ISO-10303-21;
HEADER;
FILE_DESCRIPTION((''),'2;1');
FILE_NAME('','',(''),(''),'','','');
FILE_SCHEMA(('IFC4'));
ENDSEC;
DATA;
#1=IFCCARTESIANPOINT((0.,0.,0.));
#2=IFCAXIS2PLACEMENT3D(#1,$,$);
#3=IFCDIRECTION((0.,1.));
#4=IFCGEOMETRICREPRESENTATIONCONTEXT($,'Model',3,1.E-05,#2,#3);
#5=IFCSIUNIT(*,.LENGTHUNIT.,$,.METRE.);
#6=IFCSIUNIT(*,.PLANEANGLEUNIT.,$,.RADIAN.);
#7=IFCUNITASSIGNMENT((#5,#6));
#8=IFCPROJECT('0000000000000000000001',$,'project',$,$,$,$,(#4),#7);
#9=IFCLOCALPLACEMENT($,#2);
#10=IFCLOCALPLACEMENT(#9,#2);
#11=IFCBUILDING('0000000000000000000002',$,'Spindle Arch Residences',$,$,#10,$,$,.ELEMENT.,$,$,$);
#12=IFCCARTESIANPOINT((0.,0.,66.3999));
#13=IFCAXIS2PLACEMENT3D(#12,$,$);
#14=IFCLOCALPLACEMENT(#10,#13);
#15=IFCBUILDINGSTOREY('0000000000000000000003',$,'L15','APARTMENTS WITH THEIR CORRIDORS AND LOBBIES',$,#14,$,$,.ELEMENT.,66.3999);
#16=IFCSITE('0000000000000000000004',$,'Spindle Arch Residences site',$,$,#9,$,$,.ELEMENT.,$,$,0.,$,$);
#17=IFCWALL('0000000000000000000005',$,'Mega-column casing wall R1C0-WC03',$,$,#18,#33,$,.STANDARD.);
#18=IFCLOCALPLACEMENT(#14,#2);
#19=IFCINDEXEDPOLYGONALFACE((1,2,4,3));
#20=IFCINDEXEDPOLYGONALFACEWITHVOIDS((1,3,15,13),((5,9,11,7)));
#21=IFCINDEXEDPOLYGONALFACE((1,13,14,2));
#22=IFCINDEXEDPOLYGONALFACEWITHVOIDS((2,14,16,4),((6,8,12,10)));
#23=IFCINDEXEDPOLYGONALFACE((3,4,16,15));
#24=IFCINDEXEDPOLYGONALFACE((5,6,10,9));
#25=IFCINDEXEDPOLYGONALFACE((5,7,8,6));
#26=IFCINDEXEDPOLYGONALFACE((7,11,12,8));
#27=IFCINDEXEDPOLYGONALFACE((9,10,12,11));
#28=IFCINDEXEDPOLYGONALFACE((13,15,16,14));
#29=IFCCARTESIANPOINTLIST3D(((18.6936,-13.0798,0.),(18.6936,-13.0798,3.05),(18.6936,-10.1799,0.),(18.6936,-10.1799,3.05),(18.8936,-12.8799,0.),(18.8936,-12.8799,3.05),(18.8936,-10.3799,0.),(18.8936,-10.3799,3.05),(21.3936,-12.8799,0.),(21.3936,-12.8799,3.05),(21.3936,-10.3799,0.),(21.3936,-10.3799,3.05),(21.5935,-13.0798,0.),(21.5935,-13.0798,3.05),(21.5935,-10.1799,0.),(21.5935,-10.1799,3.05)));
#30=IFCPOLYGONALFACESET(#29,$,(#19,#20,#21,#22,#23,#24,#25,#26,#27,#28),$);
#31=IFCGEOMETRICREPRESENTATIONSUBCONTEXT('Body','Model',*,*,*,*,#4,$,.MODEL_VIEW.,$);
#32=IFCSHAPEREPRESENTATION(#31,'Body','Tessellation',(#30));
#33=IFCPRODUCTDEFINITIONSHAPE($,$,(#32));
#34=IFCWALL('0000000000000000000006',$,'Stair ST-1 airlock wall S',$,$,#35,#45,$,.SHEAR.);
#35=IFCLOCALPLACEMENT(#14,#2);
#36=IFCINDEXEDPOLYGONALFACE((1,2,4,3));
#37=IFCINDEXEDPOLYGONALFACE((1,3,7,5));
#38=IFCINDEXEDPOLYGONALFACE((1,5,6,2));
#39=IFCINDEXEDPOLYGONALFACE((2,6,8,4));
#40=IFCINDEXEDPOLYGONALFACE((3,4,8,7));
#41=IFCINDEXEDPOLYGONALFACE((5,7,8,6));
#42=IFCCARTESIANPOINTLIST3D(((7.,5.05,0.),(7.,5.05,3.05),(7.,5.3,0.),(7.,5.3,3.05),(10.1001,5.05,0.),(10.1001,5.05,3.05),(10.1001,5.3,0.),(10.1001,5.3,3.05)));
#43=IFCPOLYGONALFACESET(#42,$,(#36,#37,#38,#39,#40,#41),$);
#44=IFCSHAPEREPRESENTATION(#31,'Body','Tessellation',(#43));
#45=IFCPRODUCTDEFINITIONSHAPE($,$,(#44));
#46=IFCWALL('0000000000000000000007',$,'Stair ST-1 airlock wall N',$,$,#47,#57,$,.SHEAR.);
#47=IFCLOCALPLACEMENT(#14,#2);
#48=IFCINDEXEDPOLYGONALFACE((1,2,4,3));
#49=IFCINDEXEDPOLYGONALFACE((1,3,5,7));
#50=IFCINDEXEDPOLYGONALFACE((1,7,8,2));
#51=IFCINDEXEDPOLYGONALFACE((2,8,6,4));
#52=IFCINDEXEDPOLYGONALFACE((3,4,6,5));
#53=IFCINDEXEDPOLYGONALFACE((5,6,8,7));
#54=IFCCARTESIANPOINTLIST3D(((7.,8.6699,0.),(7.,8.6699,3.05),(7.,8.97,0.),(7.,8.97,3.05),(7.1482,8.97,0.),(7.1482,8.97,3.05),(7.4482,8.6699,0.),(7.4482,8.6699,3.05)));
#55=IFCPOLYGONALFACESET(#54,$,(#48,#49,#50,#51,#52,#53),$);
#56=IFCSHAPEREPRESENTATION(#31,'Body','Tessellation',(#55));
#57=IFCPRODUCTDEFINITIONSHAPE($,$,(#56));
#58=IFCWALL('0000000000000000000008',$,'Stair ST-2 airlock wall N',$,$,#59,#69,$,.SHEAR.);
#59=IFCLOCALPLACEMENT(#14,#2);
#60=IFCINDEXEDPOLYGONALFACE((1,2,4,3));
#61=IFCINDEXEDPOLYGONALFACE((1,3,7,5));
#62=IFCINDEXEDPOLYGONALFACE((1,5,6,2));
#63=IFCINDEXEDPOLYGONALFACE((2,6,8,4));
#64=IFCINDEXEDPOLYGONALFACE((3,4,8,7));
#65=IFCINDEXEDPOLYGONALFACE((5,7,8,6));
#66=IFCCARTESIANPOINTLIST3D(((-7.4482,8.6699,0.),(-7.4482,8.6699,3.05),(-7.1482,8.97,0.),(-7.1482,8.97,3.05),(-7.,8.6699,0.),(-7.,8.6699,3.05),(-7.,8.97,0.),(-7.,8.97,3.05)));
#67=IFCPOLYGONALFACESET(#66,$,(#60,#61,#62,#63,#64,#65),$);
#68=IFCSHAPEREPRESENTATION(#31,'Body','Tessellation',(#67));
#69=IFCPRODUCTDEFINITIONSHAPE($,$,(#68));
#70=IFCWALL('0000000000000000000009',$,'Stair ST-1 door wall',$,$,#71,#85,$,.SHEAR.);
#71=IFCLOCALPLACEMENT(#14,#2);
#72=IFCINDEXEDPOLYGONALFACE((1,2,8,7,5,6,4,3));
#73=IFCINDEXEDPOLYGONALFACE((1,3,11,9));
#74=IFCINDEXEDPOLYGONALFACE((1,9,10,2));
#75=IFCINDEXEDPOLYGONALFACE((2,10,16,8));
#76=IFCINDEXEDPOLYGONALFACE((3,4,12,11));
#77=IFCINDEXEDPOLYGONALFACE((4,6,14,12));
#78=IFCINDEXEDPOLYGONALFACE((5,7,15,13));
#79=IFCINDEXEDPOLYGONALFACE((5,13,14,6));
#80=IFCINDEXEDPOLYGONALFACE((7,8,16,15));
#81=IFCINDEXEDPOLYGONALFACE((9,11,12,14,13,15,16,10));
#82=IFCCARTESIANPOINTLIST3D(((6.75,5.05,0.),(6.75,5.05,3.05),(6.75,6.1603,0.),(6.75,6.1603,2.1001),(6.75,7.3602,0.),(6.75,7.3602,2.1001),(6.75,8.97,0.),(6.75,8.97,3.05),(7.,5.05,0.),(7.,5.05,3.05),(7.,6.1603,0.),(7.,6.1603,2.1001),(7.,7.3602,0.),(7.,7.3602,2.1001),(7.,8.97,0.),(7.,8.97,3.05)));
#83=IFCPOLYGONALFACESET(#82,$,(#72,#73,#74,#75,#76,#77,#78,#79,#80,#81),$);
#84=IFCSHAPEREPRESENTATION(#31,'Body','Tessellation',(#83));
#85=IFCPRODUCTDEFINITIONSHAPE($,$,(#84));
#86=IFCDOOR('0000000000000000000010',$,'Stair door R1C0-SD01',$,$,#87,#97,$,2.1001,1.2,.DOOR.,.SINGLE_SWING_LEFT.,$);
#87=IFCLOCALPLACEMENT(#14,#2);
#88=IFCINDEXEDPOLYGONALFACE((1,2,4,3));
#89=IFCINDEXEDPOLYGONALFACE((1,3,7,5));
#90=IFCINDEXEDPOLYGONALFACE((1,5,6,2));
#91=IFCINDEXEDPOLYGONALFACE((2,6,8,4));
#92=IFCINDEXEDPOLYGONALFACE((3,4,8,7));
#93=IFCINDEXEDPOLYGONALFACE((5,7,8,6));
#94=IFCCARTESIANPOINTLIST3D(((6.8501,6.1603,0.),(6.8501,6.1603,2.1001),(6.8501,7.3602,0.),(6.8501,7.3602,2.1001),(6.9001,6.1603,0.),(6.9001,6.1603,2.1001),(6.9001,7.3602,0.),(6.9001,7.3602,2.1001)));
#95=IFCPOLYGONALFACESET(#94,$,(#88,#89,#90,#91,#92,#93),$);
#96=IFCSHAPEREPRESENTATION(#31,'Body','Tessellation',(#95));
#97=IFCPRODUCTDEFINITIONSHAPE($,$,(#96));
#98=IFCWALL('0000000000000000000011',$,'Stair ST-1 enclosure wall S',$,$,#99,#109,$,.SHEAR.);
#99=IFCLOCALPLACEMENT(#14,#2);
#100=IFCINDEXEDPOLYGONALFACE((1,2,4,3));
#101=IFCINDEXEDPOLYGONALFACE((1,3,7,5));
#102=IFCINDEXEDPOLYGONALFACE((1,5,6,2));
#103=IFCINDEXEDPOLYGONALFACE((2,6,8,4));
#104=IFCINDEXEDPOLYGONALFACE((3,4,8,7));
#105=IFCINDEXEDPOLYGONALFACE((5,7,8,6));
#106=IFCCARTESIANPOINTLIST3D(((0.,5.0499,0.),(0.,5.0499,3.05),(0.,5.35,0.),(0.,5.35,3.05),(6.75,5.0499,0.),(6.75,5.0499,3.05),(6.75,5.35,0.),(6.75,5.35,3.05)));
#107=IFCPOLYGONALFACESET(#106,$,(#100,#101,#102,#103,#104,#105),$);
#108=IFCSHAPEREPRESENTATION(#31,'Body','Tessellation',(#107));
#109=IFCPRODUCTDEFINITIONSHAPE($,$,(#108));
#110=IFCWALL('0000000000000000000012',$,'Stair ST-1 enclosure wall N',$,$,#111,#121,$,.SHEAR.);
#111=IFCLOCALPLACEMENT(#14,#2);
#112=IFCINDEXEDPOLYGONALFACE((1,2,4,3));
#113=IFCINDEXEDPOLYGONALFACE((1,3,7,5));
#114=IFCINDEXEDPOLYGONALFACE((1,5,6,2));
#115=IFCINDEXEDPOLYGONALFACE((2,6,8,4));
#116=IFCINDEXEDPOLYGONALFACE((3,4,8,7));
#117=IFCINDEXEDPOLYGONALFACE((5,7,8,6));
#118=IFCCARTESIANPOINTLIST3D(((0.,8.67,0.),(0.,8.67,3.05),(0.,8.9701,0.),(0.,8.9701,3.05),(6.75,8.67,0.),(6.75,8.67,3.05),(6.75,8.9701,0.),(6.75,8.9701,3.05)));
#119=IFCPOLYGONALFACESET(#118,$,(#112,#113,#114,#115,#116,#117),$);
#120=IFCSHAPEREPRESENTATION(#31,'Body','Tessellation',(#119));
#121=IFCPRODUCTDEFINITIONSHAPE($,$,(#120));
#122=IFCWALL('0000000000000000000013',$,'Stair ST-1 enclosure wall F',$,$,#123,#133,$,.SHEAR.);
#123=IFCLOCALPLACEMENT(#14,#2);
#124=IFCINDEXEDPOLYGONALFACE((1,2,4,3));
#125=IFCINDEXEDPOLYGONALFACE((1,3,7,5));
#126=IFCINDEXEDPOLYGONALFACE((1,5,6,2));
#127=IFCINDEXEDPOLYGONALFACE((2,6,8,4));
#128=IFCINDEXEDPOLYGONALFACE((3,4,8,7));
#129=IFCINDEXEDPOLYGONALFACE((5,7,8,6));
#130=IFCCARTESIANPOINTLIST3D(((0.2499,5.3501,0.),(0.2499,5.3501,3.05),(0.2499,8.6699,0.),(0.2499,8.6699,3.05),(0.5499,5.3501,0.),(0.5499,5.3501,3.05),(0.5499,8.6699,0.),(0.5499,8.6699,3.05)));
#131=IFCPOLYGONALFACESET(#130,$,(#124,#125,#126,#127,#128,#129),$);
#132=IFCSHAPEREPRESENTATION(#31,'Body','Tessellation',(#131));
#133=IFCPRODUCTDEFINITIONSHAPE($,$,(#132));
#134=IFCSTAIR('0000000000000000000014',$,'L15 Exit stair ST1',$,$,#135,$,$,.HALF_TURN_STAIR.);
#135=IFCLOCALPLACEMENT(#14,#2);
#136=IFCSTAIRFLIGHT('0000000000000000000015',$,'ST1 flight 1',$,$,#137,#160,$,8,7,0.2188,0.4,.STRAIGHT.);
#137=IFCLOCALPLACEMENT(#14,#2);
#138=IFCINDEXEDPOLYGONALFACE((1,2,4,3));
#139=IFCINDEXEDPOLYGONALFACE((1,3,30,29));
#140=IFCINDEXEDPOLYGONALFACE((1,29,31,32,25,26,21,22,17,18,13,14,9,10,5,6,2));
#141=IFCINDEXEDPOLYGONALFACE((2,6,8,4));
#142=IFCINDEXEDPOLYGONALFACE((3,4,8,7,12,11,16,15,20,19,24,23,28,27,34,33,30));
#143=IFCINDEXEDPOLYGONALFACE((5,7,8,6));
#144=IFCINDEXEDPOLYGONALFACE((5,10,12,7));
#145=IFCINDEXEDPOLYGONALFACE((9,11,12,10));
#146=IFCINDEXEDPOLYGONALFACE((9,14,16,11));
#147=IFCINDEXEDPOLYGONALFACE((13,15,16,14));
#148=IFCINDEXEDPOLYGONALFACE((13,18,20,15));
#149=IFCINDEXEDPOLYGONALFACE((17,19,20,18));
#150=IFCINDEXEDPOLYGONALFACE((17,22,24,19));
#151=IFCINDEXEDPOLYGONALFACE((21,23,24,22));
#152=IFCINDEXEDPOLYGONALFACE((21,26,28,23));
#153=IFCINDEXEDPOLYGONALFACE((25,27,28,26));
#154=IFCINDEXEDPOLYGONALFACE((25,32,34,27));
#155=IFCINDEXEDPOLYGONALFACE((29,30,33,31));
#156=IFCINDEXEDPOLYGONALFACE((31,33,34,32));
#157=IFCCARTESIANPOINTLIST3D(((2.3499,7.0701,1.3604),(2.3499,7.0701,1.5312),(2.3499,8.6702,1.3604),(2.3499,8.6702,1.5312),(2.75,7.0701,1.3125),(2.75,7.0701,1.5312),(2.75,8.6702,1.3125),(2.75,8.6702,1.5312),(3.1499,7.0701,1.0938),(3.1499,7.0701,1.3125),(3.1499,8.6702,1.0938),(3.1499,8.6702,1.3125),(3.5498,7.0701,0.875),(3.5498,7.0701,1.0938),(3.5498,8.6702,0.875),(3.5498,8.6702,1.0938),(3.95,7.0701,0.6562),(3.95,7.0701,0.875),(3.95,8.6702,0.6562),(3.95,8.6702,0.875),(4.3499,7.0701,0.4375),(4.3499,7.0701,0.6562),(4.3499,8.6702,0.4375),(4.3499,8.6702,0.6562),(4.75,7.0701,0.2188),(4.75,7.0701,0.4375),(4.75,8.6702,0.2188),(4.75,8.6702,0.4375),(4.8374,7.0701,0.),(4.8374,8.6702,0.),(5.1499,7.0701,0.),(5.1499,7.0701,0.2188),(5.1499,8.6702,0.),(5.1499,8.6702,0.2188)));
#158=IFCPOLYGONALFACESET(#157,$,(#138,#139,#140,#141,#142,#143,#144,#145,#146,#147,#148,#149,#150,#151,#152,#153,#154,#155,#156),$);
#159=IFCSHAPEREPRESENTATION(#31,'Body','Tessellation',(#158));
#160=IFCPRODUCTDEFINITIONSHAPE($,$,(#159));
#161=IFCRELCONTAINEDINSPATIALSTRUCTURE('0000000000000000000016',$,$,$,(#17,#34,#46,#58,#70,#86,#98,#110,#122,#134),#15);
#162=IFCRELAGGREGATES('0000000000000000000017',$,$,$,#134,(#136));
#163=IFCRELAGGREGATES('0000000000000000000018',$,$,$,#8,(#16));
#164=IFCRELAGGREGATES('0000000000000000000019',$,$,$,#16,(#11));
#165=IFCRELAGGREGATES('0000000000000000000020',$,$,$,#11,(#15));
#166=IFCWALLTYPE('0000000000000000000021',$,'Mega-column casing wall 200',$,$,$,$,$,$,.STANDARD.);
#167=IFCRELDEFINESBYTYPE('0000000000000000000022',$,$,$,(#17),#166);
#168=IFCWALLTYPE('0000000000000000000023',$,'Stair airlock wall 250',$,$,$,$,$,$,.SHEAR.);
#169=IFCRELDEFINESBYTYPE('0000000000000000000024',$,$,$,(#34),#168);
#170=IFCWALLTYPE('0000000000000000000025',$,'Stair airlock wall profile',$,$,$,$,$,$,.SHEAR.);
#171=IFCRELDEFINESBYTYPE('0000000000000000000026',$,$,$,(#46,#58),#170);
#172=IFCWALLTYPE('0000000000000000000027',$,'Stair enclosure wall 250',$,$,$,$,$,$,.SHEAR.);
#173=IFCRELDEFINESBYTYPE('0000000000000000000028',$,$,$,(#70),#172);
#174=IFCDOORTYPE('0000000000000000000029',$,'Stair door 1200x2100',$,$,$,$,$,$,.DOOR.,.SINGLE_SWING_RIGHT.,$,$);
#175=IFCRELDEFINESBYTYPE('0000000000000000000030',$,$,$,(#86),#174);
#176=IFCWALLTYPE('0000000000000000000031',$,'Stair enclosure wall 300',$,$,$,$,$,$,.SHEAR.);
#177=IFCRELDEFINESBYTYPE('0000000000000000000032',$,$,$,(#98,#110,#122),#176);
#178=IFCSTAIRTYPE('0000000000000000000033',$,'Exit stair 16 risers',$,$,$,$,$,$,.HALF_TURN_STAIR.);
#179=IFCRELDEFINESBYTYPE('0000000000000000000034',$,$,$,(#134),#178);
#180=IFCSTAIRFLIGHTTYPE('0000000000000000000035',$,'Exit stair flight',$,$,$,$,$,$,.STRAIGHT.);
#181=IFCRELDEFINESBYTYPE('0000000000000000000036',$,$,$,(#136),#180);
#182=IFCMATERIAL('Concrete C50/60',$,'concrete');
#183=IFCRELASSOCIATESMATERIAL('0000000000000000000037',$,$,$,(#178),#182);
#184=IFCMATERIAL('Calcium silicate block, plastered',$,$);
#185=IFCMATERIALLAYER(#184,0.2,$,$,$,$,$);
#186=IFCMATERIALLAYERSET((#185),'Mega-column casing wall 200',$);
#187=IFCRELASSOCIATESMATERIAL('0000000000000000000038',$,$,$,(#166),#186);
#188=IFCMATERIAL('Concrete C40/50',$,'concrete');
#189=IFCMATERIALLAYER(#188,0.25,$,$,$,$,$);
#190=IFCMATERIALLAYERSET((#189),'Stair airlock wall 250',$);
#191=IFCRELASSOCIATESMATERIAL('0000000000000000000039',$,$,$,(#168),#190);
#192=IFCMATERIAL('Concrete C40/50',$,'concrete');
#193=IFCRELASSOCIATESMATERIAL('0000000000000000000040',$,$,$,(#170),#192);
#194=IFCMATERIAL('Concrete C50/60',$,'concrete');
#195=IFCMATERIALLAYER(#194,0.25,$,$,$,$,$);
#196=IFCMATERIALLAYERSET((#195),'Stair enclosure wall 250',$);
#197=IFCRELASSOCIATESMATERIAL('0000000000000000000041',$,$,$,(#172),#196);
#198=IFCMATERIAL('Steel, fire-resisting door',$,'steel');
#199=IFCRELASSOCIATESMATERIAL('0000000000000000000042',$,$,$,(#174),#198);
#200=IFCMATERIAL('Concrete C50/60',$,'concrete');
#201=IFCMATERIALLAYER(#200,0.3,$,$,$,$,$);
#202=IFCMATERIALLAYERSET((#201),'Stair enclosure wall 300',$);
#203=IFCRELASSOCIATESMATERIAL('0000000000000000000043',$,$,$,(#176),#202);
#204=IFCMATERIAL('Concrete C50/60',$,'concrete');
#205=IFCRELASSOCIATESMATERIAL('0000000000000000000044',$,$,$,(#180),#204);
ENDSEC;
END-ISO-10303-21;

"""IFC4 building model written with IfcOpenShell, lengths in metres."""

from ifc_helpers import new_model, si_unit, direction, frame, frame_2d, origin, place, context, subcontext, project, spatial, polyline, rectangle, outline, extrude, material, layer, layer_set, type_object, element, fill, aggregate, save


model = new_model("IFC4")

# Units and contexts
model_context = context("Model", 3, precision=1e-05, world=origin(), true_north=direction((0.0, 1.0)))
body_context = subcontext(model_context, "Body", "Model", "MODEL_VIEW")
ifc_project = project(units=[si_unit("LENGTHUNIT", "METRE"), si_unit("PLANEANGLEUNIT", "RADIAN")], contexts=[model_context])

# Site, building, storey
site_placement = place(None, origin())
site = spatial("IfcSite", under=ifc_project, at=site_placement, Name="Spindle Arch Residences site", CompositionType="ELEMENT", RefElevation=0.0)
building_placement = place(site_placement, origin())
building = spatial("IfcBuilding", under=site, at=building_placement, Name="Spindle Arch Residences", CompositionType="ELEMENT")
storey_placement = place(building_placement, frame((0.0, 0.0, 66.3999)))
storey = spatial("IfcBuildingStorey", under=building, at=storey_placement, Name="L15", Description="APARTMENTS WITH THEIR CORRIDORS AND LOBBIES", CompositionType="ELEMENT", Elevation=66.3999)

# Shared definitions
ifc_material_1 = material(Name="Concrete C50/60", Category="concrete")
stair_type = type_object("IfcStairType", Name="Exit stair 16 risers", PredefinedType="HALF_TURN_STAIR", material=ifc_material_1)

# Walls
ifc_material_2 = material(Name="Calcium silicate block, plastered")
ifc_layer_1 = layer(ifc_material_2, 0.2)
ifc_layer_set_1 = layer_set([ifc_layer_1], Name="Mega-column casing wall 200")
wall_type_1 = type_object("IfcWallType", Name="Mega-column casing wall 200", PredefinedType="STANDARD", material=ifc_layer_set_1)
wall_1_placement = place(storey_placement, origin())
element("IfcWall", 1, at=wall_1_placement, inside=storey, type_object=wall_type_1, Name="Mega-column casing wall R1C0-WC03", PredefinedType="STANDARD", context=body_context, shape_type="SweptSolid", body=[
    extrude(outline(polyline([(21.5935, -10.1799), (21.5935, -13.0798), (18.6936, -13.0798), (18.6936, -10.1799), (21.5935, -10.1799)]), holes=[polyline([(18.8936, -12.8799), (21.3936, -12.8799), (21.3936, -10.3799), (18.8936, -10.3799), (18.8936, -12.8799)])]), origin(), (0.0, 0.0, 1.0), 3.05),
])
ifc_material_3 = material(Name="Concrete C40/50", Category="concrete")
ifc_layer_2 = layer(ifc_material_3, 0.25)
ifc_layer_set_2 = layer_set([ifc_layer_2], Name="Stair airlock wall 250")
wall_type_2 = type_object("IfcWallType", Name="Stair airlock wall 250", PredefinedType="SHEAR", material=ifc_layer_set_2)
wall_2_placement = place(storey_placement, frame((7.0, 5.175, 0.0), z_axis=(0.0, 0.0, 1.0), x_axis=(1.0, 0.0, 0.0)))
element("IfcWall", 2, at=wall_2_placement, inside=storey, type_object=wall_type_2, Name="Stair ST-1 airlock wall S", PredefinedType="SHEAR", context=body_context, shape_type="SweptSolid", body=[
    extrude(rectangle(XDim=3.1001, YDim=0.25, at=frame_2d((1.55, 0.0))), origin(), (0.0, 0.0, 1.0), 3.05),
])
ifc_material_4 = material(Name="Concrete C40/50", Category="concrete")
wall_type_3 = type_object("IfcWallType", Name="Stair airlock wall profile", PredefinedType="SHEAR", material=ifc_material_4)
wall_3_placement = place(storey_placement, origin())
element("IfcWall", 3, at=wall_3_placement, inside=storey, type_object=wall_type_3, Name="Stair ST-1 airlock wall N", PredefinedType="SHEAR", context=body_context, shape_type="SweptSolid", body=[
    extrude(outline(polyline([(7.4482, 8.6699), (7.0, 8.6699), (7.0, 8.97), (7.1482, 8.97), (7.4482, 8.6699)])), origin(), (0.0, 0.0, 1.0), 3.05),
])
wall_4_placement = place(storey_placement, origin())
element("IfcWall", 4, at=wall_4_placement, inside=storey, type_object=wall_type_3, Name="Stair ST-2 airlock wall N", PredefinedType="SHEAR", context=body_context, shape_type="SweptSolid", body=[
    extrude(outline(polyline([(-7.1482, 8.97), (-7.0, 8.97), (-7.0, 8.6699), (-7.4482, 8.6699), (-7.1482, 8.97)])), origin(), (0.0, 0.0, 1.0), 3.05),
])

# Wall, opening, door
ifc_material_5 = material(Name="Concrete C50/60", Category="concrete")
ifc_layer_3 = layer(ifc_material_5, 0.25)
ifc_layer_set_3 = layer_set([ifc_layer_3], Name="Stair enclosure wall 250")
wall_type_4 = type_object("IfcWallType", Name="Stair enclosure wall 250", PredefinedType="SHEAR", material=ifc_layer_set_3)
wall_5_placement = place(storey_placement, frame((6.875, 5.05, 0.0), z_axis=(0.0, 0.0, 1.0), x_axis=(0.0, 1.0, 0.0)))
wall_5 = element("IfcWall", 5, at=wall_5_placement, inside=storey, type_object=wall_type_4, Name="Stair ST-1 door wall", PredefinedType="SHEAR", context=body_context, shape_type="SweptSolid", body=[
    extrude(rectangle(XDim=3.9199, YDim=0.25, at=frame_2d((1.96, 0.0))), origin(), (0.0, 0.0, 1.0), 3.05),
])
opening_1_placement = place(wall_5_placement, frame((1.1101, 0.0, 0.0)))
opening_1 = element("IfcOpeningElement", 6, at=opening_1_placement, cuts=wall_5, PredefinedType="OPENING", context=body_context, shape_type="SweptSolid", body=[
    extrude(rectangle(XDim=1.2, YDim=2.1001, at=frame_2d((0.6001, 1.05))), frame((0.0, 0.135, 0.0), z_axis=(0.0, -1.0, 0.0), x_axis=(1.0, 0.0, 0.0)), (0.0, 0.0, 1.0), 0.27),
])
ifc_material_6 = material(Name="Steel, fire-resisting door", Category="steel")
door_type_1 = type_object("IfcDoorType", Name="Stair door 1200x2100", OperationType="SINGLE_SWING_RIGHT", PredefinedType="DOOR", material=ifc_material_6)
door_1_placement = place(opening_1_placement, origin())
door_1 = element("IfcDoor", 7, at=door_1_placement, inside=storey, type_object=door_type_1, Name="Stair door R1C0-SD01", OperationType="SINGLE_SWING_LEFT", OverallHeight=2.1001, OverallWidth=1.2, PredefinedType="DOOR", context=body_context, shape_type="SweptSolid", body=[
    extrude(rectangle(XDim=1.2, YDim=2.1001, at=frame_2d((0.6001, 1.05))), frame((0.0, 0.0249, 0.0), z_axis=(0.0, -1.0, 0.0), x_axis=(1.0, 0.0, 0.0)), (0.0, 0.0, 1.0), 0.05),
])
fill(opening_1, door_1)

# Walls
ifc_material_7 = material(Name="Concrete C50/60", Category="concrete")
ifc_layer_4 = layer(ifc_material_7, 0.3)
ifc_layer_set_4 = layer_set([ifc_layer_4], Name="Stair enclosure wall 300")
wall_type_5 = type_object("IfcWallType", Name="Stair enclosure wall 300", PredefinedType="SHEAR", material=ifc_layer_set_4)
for number, where, z_axis, x_axis, name in (
    (8, (0.0, 5.2, 0.0), (0.0, 0.0, 1.0), (1.0, 0.0, 0.0), "Stair ST-1 enclosure wall S"),
    (9, (0.0, 8.8201, 0.0), (0.0, 0.0, 1.0), (1.0, 0.0, 0.0), "Stair ST-1 enclosure wall N"),
):
    element("IfcWall", number, at=place(storey_placement, frame(where, z_axis=z_axis, x_axis=x_axis)), inside=storey, type_object=wall_type_5, Name=name, PredefinedType="SHEAR", context=body_context, shape_type="SweptSolid", body=[
        extrude(rectangle(XDim=6.75, YDim=0.3, at=frame_2d((3.375, 0.0))), origin(), (0.0, 0.0, 1.0), 3.05),
    ])
wall_6_placement = place(storey_placement, frame((0.3999, 5.3501, 0.0), z_axis=(0.0, 0.0, 1.0), x_axis=(0.0, 1.0, 0.0)))
element("IfcWall", 10, at=wall_6_placement, inside=storey, type_object=wall_type_5, Name="Stair ST-1 enclosure wall F", PredefinedType="SHEAR", context=body_context, shape_type="SweptSolid", body=[
    extrude(rectangle(XDim=3.3198, YDim=0.3, at=frame_2d((1.6599, 0.0))), origin(), (0.0, 0.0, 1.0), 3.05),
])

# Stair, stair flight
stair_1_placement = place(storey_placement, origin())
stair_1 = element("IfcStair", 11, at=stair_1_placement, inside=storey, type_object=stair_type, Name="L15 Exit stair ST1", PredefinedType="HALF_TURN_STAIR")
ifc_material_8 = material(Name="Concrete C50/60", Category="concrete")
stair_flight_type = type_object("IfcStairFlightType", Name="Exit stair flight", PredefinedType="STRAIGHT", material=ifc_material_8)
stair_flight_1_placement = place(storey_placement, frame((5.1499, 7.8701, 0.0), z_axis=(0.0, 0.0, 1.0), x_axis=(-1.0, 0.0, 0.0)))
stair_flight_1 = element("IfcStairFlight", 12, at=stair_flight_1_placement, type_object=stair_flight_type, Name="ST1 flight 1", NumberOfRisers=8, NumberOfTreads=7, PredefinedType="STRAIGHT", RiserHeight=0.2188, TreadLength=0.4, context=body_context, shape_type="SweptSolid", body=[
    extrude(outline(polyline([(0.0, 0.0), (0.0, 0.2188), (0.3999, 0.2188), (0.3999, 0.4375), (0.8, 0.4375), (0.8, 0.6562), (1.2, 0.6562), (1.2, 0.875), (1.6001, 0.875), (1.6001, 1.0938), (2.0, 1.0938), (2.0, 1.3125), (2.3999, 1.3125), (2.3999, 1.5312), (2.8, 1.5312), (2.8, 1.75), (2.8, 1.3604), (0.3125, 0.0), (0.0, 0.0)])), frame((0.0, 0.8, 0.0), z_axis=(0.0, -1.0, 0.0), x_axis=(1.0, 0.0, 0.0)), (0.0, 0.0, 1.0), 1.6001),
])
aggregate(stair_1, [stair_flight_1])

save(model, "model.ifc")
